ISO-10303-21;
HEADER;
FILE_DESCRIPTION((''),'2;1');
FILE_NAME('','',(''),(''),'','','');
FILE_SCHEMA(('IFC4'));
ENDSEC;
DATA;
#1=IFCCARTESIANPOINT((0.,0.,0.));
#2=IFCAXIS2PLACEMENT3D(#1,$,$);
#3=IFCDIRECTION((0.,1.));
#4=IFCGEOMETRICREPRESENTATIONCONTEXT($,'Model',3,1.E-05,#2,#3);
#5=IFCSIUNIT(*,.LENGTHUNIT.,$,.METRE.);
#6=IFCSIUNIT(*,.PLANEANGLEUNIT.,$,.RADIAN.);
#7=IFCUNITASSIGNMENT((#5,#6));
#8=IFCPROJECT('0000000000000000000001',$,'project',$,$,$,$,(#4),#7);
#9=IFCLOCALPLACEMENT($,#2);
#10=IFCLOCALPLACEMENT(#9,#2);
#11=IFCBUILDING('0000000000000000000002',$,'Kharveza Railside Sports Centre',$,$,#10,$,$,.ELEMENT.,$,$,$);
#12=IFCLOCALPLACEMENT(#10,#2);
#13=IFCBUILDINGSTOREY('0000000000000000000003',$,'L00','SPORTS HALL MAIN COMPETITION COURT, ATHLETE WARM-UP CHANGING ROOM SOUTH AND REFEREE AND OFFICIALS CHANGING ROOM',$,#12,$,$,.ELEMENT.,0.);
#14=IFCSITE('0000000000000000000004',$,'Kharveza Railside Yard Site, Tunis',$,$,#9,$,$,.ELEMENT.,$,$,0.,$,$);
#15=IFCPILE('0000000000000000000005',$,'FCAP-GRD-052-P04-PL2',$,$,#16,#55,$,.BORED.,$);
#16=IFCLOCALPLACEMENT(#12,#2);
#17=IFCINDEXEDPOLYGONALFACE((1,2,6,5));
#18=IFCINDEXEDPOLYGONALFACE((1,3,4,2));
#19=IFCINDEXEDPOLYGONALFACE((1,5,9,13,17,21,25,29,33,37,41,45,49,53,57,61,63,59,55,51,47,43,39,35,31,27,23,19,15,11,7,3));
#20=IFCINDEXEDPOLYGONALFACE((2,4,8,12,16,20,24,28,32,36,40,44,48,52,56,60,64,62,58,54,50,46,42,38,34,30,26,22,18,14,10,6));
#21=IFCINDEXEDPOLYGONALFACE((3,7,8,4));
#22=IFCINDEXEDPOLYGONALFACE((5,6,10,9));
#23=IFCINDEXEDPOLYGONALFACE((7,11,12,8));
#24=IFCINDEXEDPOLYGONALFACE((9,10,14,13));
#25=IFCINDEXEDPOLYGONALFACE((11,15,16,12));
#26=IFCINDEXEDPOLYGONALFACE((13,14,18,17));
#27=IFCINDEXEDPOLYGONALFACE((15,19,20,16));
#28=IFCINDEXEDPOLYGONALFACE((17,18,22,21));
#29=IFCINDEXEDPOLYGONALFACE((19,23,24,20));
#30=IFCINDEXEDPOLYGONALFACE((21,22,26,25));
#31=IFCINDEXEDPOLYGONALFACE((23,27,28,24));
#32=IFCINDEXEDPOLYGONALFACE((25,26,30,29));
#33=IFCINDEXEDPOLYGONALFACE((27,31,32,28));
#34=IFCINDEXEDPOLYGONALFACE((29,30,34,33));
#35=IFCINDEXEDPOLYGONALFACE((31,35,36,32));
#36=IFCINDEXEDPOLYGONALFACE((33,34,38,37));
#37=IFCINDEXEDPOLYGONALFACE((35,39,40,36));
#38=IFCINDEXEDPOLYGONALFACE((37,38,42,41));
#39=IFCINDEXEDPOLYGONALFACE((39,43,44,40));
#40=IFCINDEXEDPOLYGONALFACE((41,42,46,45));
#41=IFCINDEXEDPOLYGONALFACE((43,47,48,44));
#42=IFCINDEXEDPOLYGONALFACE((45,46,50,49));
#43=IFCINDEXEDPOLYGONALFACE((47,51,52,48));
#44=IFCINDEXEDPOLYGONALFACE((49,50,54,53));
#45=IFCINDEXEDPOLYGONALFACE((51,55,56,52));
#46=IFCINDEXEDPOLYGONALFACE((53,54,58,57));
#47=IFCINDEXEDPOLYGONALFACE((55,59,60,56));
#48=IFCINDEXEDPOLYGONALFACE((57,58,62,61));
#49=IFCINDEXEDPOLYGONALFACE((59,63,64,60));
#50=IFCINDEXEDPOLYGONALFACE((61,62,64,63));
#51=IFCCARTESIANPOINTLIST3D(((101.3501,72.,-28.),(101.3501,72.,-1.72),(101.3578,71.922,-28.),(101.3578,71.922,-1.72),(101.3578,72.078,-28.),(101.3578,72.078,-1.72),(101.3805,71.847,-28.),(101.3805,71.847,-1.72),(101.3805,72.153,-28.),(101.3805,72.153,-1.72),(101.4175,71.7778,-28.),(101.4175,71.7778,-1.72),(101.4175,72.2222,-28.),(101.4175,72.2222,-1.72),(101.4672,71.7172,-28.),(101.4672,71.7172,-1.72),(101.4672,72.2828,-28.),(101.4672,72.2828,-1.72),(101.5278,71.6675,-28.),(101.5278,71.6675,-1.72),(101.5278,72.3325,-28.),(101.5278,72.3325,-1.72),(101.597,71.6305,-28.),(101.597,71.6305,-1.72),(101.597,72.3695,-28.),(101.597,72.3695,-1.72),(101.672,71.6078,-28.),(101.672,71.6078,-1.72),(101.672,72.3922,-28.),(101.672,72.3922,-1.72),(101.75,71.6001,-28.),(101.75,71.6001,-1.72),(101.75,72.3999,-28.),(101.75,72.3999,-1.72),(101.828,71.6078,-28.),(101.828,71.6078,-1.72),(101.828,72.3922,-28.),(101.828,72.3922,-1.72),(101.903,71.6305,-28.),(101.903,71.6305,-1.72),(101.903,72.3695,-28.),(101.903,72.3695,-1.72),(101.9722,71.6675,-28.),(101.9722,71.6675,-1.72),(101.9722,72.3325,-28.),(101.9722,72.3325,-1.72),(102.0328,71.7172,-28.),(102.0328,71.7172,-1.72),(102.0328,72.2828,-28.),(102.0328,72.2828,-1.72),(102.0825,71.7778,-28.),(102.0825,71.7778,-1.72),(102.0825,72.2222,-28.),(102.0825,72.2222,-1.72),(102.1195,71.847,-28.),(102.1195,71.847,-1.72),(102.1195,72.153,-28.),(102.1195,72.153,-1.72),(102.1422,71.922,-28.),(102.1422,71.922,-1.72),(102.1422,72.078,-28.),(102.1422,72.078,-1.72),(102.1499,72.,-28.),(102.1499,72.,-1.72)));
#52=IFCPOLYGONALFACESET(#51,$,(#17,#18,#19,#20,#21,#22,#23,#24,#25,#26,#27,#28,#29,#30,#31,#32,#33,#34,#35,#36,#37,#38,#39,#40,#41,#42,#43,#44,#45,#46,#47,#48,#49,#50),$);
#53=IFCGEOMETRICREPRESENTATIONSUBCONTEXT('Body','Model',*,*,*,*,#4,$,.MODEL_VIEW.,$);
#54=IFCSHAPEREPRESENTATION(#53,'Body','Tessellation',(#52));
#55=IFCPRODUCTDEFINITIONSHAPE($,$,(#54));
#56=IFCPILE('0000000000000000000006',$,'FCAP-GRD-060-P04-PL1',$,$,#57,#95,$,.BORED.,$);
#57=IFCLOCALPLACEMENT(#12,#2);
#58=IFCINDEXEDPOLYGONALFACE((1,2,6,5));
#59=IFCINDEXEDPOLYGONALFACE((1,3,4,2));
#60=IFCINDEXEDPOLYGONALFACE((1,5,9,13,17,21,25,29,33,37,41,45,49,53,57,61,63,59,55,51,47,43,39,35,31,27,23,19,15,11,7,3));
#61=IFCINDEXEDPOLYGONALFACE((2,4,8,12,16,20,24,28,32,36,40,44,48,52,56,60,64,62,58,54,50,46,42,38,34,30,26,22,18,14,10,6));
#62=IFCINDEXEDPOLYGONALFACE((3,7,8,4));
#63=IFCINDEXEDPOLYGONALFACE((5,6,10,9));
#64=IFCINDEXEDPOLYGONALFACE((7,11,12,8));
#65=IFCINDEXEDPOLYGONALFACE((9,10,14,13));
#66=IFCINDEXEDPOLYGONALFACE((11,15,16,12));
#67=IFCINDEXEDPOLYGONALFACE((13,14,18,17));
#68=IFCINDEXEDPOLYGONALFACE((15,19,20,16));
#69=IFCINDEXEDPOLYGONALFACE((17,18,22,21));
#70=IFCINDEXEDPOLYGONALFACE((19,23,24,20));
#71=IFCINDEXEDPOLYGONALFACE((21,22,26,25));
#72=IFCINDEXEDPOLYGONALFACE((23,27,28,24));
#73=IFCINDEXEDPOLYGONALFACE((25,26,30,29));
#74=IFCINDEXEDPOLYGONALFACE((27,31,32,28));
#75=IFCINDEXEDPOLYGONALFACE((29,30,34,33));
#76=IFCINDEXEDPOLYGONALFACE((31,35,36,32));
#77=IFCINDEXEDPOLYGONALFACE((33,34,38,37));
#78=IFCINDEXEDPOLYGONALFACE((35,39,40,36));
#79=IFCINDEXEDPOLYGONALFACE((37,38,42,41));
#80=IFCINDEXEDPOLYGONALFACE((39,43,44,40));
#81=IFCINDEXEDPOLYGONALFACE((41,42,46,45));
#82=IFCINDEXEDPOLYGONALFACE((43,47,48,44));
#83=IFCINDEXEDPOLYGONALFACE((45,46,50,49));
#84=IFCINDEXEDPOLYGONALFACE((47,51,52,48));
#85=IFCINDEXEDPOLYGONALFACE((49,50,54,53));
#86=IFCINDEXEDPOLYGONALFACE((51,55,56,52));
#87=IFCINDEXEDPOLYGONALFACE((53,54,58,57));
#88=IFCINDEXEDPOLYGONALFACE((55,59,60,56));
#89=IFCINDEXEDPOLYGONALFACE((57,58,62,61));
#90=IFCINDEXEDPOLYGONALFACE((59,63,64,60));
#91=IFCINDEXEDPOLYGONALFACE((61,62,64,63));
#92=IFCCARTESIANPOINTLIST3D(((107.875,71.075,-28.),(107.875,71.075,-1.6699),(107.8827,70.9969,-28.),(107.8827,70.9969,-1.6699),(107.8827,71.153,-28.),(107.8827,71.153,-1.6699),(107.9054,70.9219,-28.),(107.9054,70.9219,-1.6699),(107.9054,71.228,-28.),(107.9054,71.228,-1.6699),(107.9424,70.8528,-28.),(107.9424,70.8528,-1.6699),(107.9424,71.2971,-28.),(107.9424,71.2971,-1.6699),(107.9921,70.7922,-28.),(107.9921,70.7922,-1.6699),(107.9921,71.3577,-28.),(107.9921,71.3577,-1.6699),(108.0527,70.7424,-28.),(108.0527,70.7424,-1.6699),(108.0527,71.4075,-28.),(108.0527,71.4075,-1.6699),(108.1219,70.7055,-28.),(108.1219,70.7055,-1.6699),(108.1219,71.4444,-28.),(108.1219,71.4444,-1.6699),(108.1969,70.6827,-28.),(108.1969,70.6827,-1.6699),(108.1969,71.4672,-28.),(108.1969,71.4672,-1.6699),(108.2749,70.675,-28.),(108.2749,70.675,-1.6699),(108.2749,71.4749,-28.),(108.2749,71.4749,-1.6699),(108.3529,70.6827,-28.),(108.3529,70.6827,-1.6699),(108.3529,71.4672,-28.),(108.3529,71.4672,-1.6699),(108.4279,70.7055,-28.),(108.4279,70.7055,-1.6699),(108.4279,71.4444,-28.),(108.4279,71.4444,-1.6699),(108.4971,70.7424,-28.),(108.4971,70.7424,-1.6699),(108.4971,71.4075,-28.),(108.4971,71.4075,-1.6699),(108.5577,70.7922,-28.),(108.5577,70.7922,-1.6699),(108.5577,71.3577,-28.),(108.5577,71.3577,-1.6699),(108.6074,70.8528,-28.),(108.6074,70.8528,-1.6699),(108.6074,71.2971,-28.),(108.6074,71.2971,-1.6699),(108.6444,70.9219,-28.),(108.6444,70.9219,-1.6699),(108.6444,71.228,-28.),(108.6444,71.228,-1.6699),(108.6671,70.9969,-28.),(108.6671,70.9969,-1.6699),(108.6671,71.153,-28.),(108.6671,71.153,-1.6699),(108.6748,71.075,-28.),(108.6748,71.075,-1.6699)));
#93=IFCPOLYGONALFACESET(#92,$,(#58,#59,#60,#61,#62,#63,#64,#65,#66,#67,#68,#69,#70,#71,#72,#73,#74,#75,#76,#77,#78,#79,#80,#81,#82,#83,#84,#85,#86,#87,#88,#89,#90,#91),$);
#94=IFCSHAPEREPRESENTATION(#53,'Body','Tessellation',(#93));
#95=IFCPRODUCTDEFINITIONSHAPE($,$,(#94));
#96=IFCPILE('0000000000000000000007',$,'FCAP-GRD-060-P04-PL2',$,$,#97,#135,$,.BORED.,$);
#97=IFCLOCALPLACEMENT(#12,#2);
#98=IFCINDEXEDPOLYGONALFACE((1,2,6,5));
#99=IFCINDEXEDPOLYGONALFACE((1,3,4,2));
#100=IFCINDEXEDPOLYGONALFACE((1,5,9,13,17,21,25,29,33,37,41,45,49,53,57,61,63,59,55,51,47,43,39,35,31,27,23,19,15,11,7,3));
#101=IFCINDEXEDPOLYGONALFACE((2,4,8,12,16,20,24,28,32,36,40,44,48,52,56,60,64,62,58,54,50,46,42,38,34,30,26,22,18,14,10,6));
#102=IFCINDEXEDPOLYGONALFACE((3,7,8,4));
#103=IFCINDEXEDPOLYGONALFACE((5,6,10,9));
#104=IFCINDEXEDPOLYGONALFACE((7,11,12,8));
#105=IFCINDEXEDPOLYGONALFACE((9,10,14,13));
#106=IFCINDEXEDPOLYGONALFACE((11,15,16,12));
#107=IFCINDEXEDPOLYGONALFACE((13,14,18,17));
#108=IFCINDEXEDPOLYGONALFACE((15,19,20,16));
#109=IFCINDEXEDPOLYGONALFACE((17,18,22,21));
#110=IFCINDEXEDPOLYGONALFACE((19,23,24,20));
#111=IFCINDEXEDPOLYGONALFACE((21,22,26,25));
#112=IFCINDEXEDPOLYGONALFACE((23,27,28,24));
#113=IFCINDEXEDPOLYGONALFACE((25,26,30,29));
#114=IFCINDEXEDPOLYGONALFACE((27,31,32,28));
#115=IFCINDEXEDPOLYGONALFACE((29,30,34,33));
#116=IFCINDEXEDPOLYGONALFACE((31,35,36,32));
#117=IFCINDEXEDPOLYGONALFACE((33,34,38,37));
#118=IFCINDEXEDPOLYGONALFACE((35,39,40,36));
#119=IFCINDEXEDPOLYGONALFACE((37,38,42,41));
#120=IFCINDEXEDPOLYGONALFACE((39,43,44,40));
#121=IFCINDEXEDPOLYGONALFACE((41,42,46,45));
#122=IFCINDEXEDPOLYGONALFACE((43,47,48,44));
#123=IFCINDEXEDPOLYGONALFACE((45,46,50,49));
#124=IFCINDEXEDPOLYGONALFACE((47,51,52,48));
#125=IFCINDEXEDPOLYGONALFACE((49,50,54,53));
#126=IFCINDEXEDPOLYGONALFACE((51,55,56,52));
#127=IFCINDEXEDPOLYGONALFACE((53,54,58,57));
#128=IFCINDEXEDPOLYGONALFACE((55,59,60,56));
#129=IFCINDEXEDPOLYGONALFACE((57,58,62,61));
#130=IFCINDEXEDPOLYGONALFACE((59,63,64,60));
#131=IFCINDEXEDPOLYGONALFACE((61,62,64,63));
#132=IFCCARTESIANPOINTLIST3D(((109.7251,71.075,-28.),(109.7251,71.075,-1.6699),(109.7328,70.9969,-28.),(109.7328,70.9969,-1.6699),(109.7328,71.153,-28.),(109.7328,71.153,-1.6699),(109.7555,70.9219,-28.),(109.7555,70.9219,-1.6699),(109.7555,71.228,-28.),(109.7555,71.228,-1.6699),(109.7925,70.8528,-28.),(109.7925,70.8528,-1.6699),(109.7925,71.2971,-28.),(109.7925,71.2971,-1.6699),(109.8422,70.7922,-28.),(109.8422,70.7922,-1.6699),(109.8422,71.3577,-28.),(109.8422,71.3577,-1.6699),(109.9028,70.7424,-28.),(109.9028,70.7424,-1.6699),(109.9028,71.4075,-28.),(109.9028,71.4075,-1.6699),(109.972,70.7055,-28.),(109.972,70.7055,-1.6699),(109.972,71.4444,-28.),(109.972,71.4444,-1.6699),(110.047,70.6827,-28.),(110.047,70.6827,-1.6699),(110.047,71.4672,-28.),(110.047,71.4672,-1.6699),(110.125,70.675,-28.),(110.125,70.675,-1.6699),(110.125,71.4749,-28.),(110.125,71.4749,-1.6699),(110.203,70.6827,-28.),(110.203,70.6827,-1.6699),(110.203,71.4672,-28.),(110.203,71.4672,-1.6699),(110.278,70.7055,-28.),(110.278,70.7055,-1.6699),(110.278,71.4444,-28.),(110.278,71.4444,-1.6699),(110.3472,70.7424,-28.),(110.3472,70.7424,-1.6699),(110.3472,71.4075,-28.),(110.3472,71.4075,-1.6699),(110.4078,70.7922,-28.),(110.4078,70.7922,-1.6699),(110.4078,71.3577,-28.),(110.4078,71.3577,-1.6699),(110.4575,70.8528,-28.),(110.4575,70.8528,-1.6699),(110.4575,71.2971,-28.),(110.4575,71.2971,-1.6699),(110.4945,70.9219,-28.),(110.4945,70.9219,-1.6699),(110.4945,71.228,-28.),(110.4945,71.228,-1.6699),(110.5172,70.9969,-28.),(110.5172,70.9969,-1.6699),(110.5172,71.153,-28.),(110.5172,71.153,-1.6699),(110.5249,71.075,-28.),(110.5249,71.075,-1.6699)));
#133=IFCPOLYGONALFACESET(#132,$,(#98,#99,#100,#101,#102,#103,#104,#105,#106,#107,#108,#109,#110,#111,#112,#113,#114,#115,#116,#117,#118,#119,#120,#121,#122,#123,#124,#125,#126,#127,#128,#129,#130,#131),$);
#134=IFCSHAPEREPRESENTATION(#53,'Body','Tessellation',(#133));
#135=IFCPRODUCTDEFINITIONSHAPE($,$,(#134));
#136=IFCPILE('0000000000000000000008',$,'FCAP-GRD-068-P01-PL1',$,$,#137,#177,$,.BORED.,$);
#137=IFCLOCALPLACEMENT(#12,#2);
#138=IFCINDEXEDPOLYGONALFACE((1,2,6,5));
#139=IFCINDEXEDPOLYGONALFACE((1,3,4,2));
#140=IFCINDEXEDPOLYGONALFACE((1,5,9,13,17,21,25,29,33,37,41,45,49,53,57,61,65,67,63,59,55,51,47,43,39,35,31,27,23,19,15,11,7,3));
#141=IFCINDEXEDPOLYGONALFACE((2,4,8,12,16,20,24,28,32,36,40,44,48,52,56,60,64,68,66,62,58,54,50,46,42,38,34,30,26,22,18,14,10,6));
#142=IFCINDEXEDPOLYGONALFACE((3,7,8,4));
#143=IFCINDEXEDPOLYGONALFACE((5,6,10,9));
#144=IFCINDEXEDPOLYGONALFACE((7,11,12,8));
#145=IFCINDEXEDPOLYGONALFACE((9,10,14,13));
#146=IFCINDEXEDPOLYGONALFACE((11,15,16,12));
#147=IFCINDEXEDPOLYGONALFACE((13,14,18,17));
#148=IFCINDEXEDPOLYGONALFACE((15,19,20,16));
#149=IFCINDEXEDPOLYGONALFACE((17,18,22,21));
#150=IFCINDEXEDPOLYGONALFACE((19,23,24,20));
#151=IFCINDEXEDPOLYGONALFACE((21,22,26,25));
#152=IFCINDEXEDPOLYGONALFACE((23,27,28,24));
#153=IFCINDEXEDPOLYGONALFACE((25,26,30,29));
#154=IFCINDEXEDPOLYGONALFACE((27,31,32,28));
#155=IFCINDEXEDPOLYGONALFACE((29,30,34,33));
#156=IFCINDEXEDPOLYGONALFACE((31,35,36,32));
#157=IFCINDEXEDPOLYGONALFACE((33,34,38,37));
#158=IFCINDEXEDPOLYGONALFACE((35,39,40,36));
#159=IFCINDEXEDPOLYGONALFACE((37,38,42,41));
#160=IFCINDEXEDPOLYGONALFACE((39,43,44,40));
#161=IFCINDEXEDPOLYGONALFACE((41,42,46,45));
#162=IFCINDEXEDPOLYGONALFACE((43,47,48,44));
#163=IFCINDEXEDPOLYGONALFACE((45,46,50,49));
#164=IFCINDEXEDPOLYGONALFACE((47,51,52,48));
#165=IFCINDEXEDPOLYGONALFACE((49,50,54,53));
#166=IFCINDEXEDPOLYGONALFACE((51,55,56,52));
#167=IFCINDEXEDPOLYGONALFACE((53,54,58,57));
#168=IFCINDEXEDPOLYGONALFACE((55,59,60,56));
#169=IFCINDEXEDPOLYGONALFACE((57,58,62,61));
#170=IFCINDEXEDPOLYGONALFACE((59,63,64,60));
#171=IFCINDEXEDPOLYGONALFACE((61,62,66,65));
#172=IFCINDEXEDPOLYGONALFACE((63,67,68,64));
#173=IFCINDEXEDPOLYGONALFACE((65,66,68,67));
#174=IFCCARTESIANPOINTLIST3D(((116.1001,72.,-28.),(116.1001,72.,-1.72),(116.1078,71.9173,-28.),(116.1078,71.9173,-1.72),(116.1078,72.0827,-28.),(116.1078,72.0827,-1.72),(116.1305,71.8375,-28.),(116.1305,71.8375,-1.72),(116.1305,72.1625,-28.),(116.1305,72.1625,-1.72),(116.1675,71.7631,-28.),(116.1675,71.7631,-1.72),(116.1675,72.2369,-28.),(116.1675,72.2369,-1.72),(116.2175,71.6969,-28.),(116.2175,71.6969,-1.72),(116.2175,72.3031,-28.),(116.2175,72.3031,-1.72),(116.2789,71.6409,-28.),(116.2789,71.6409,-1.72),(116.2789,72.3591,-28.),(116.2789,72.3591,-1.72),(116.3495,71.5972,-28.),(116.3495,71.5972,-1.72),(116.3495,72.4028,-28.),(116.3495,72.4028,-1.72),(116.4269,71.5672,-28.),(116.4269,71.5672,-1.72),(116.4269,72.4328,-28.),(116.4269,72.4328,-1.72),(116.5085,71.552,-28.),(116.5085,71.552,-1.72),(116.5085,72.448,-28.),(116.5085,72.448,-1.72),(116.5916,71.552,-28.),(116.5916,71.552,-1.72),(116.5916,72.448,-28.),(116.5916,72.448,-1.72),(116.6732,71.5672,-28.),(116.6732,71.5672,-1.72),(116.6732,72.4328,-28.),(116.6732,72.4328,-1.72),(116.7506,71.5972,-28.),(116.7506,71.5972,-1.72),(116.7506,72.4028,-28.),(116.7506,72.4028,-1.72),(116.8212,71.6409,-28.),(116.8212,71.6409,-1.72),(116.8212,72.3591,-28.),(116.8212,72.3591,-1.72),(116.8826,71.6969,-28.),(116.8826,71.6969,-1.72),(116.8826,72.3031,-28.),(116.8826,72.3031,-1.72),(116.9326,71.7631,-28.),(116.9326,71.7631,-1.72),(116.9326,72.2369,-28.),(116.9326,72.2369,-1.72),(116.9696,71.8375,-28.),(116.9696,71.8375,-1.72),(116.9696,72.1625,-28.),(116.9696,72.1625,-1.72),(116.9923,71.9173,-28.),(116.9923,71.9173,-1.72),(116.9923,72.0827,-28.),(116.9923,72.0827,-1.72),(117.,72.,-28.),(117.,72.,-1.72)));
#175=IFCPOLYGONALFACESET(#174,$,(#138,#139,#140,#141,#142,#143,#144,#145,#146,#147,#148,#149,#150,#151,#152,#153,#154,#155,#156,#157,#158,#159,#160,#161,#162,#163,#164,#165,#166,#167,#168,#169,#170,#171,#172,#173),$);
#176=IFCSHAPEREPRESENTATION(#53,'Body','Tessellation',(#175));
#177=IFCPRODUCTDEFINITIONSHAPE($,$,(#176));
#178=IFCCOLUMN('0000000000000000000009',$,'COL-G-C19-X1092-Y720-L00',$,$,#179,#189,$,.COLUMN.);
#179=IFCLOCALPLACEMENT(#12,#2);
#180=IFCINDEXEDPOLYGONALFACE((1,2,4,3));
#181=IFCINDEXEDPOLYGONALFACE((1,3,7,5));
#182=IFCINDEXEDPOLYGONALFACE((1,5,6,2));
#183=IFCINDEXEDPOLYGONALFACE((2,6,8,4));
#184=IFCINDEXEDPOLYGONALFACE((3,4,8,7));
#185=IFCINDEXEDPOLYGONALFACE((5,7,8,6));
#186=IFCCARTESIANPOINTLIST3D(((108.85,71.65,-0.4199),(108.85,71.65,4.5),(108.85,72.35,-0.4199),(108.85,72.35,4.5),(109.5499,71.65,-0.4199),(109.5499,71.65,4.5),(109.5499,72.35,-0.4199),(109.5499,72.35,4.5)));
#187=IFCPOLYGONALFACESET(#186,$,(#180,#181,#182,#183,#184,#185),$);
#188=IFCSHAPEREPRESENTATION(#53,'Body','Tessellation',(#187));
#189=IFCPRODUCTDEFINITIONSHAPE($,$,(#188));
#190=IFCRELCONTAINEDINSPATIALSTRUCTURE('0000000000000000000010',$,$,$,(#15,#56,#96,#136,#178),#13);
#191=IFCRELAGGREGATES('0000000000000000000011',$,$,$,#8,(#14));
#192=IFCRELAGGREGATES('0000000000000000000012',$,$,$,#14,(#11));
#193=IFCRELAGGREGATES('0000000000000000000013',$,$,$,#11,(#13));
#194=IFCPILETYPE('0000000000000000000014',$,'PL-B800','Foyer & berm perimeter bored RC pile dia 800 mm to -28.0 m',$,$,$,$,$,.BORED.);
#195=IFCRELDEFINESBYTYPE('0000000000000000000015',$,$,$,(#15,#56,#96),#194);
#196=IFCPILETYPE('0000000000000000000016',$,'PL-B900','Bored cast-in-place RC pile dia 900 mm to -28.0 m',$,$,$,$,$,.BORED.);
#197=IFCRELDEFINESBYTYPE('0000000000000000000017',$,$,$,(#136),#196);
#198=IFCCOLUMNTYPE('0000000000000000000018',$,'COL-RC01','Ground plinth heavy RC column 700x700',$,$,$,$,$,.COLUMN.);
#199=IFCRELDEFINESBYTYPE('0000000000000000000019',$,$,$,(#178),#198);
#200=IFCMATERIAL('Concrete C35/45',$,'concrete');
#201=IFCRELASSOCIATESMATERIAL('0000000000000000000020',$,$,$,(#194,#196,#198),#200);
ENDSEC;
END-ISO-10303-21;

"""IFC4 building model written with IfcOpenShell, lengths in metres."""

from ifc_helpers import new_model, si_unit, direction, frame, origin, origin_2d, place, context, subcontext, project, spatial, rectangle, circle, extrude, material, material_profile, profile_set, type_object, element, save


model = new_model("IFC4")

# Units and contexts
model_context = context("Model", 3, precision=1e-05, world=origin(), true_north=direction((0.0, 1.0)))
body_context = subcontext(model_context, "Body", "Model", "MODEL_VIEW")
ifc_project = project(units=[si_unit("LENGTHUNIT", "METRE"), si_unit("PLANEANGLEUNIT", "RADIAN")], contexts=[model_context])

# Site, building, storey
site_placement = place(None, origin())
site = spatial("IfcSite", under=ifc_project, at=site_placement, Name="Kharveza Railside Yard Site, Tunis", CompositionType="ELEMENT", RefElevation=0.0)
building_placement = place(site_placement, origin())
building = spatial("IfcBuilding", under=site, at=building_placement, Name="Kharveza Railside Sports Centre", CompositionType="ELEMENT")
storey_placement = place(building_placement, origin())
storey = spatial("IfcBuildingStorey", under=building, at=storey_placement, Name="L00", Description="SPORTS HALL MAIN COMPETITION COURT, ATHLETE WARM-UP CHANGING ROOM SOUTH AND REFEREE AND OFFICIALS CHANGING ROOM", CompositionType="ELEMENT", Elevation=0.0)

# Shared definitions
ifc_material_1 = material(Name="Concrete C35/45", Category="concrete")

# Piles
ifc_material_profile_1 = material_profile(ifc_material_1, circle(Radius=0.3999, at=origin_2d()), Name="PILE D800")
ifc_profile_set_1 = profile_set([ifc_material_profile_1], Name="Concrete C35/45")
pile_type_1 = type_object("IfcPileType", Name="PL-B800", Description="Foyer & berm perimeter bored RC pile dia 800 mm to -28.0 m", PredefinedType="BORED", material=ifc_profile_set_1)
for number, where, z_axis, x_axis, name in (
    (1, (101.75, 72.0, -1.72), (0.0, 0.0, -1.0), (1.0, 0.0, 0.0), "FCAP-GRD-052-P04-PL2"),
):
    element("IfcPile", number, at=place(storey_placement, frame(where, z_axis=z_axis, x_axis=x_axis)), inside=storey, type_object=pile_type_1, Name=name, PredefinedType="BORED", context=body_context, shape_type="SweptSolid", body=[
        extrude(circle(Radius=0.3999, at=origin_2d()), origin(), (0.0, 0.0, 1.0), 26.28),
    ])
for number, where, z_axis, x_axis, name in (
    (2, (108.2749, 71.075, -1.6699), (0.0, 0.0, -1.0), (1.0, 0.0, 0.0), "FCAP-GRD-060-P04-PL1"),
    (3, (110.125, 71.075, -1.6699), (0.0, 0.0, -1.0), (1.0, 0.0, 0.0), "FCAP-GRD-060-P04-PL2"),
):
    element("IfcPile", number, at=place(storey_placement, frame(where, z_axis=z_axis, x_axis=x_axis)), inside=storey, type_object=pile_type_1, Name=name, PredefinedType="BORED", context=body_context, shape_type="SweptSolid", body=[
        extrude(circle(Radius=0.3999, at=origin_2d()), origin(), (0.0, 0.0, 1.0), 26.3301),
    ])
ifc_material_profile_2 = material_profile(ifc_material_1, circle(Radius=0.45, at=origin_2d()), Name="PILE D900")
ifc_profile_set_2 = profile_set([ifc_material_profile_2], Name="Concrete C35/45")
pile_type_2 = type_object("IfcPileType", Name="PL-B900", Description="Bored cast-in-place RC pile dia 900 mm to -28.0 m", PredefinedType="BORED", material=ifc_profile_set_2)
pile_placement = place(storey_placement, frame((116.55, 72.0, -1.72), z_axis=(0.0, 0.0, -1.0), x_axis=(1.0, 0.0, 0.0)))
element("IfcPile", 4, at=pile_placement, inside=storey, type_object=pile_type_2, Name="FCAP-GRD-068-P01-PL1", PredefinedType="BORED", context=body_context, shape_type="SweptSolid", body=[
    extrude(circle(Radius=0.45, at=origin_2d()), origin(), (0.0, 0.0, 1.0), 26.28),
])

# Column
ifc_material_profile_3 = material_profile(ifc_material_1, rectangle(XDim=0.7, YDim=0.7, at=origin_2d()), Name="RC 700x700")
ifc_profile_set_3 = profile_set([ifc_material_profile_3], Name="Concrete C35/45")
column_type_1 = type_object("IfcColumnType", Name="COL-RC01", Description="Ground plinth heavy RC column 700x700", PredefinedType="COLUMN", material=ifc_profile_set_3)
column_1_placement = place(storey_placement, frame((109.2, 72.0, -0.4199), z_axis=(0.0, 0.0, 1.0), x_axis=(1.0, 0.0, 0.0)))
element("IfcColumn", 5, at=column_1_placement, inside=storey, type_object=column_type_1, Name="COL-G-C19-X1092-Y720-L00", PredefinedType="COLUMN", context=body_context, shape_type="SweptSolid", body=[
    extrude(rectangle(XDim=0.7, YDim=0.7, at=origin_2d()), origin(), (0.0, 0.0, 1.0), 4.9199),
])

save(model, "model.ifc")
